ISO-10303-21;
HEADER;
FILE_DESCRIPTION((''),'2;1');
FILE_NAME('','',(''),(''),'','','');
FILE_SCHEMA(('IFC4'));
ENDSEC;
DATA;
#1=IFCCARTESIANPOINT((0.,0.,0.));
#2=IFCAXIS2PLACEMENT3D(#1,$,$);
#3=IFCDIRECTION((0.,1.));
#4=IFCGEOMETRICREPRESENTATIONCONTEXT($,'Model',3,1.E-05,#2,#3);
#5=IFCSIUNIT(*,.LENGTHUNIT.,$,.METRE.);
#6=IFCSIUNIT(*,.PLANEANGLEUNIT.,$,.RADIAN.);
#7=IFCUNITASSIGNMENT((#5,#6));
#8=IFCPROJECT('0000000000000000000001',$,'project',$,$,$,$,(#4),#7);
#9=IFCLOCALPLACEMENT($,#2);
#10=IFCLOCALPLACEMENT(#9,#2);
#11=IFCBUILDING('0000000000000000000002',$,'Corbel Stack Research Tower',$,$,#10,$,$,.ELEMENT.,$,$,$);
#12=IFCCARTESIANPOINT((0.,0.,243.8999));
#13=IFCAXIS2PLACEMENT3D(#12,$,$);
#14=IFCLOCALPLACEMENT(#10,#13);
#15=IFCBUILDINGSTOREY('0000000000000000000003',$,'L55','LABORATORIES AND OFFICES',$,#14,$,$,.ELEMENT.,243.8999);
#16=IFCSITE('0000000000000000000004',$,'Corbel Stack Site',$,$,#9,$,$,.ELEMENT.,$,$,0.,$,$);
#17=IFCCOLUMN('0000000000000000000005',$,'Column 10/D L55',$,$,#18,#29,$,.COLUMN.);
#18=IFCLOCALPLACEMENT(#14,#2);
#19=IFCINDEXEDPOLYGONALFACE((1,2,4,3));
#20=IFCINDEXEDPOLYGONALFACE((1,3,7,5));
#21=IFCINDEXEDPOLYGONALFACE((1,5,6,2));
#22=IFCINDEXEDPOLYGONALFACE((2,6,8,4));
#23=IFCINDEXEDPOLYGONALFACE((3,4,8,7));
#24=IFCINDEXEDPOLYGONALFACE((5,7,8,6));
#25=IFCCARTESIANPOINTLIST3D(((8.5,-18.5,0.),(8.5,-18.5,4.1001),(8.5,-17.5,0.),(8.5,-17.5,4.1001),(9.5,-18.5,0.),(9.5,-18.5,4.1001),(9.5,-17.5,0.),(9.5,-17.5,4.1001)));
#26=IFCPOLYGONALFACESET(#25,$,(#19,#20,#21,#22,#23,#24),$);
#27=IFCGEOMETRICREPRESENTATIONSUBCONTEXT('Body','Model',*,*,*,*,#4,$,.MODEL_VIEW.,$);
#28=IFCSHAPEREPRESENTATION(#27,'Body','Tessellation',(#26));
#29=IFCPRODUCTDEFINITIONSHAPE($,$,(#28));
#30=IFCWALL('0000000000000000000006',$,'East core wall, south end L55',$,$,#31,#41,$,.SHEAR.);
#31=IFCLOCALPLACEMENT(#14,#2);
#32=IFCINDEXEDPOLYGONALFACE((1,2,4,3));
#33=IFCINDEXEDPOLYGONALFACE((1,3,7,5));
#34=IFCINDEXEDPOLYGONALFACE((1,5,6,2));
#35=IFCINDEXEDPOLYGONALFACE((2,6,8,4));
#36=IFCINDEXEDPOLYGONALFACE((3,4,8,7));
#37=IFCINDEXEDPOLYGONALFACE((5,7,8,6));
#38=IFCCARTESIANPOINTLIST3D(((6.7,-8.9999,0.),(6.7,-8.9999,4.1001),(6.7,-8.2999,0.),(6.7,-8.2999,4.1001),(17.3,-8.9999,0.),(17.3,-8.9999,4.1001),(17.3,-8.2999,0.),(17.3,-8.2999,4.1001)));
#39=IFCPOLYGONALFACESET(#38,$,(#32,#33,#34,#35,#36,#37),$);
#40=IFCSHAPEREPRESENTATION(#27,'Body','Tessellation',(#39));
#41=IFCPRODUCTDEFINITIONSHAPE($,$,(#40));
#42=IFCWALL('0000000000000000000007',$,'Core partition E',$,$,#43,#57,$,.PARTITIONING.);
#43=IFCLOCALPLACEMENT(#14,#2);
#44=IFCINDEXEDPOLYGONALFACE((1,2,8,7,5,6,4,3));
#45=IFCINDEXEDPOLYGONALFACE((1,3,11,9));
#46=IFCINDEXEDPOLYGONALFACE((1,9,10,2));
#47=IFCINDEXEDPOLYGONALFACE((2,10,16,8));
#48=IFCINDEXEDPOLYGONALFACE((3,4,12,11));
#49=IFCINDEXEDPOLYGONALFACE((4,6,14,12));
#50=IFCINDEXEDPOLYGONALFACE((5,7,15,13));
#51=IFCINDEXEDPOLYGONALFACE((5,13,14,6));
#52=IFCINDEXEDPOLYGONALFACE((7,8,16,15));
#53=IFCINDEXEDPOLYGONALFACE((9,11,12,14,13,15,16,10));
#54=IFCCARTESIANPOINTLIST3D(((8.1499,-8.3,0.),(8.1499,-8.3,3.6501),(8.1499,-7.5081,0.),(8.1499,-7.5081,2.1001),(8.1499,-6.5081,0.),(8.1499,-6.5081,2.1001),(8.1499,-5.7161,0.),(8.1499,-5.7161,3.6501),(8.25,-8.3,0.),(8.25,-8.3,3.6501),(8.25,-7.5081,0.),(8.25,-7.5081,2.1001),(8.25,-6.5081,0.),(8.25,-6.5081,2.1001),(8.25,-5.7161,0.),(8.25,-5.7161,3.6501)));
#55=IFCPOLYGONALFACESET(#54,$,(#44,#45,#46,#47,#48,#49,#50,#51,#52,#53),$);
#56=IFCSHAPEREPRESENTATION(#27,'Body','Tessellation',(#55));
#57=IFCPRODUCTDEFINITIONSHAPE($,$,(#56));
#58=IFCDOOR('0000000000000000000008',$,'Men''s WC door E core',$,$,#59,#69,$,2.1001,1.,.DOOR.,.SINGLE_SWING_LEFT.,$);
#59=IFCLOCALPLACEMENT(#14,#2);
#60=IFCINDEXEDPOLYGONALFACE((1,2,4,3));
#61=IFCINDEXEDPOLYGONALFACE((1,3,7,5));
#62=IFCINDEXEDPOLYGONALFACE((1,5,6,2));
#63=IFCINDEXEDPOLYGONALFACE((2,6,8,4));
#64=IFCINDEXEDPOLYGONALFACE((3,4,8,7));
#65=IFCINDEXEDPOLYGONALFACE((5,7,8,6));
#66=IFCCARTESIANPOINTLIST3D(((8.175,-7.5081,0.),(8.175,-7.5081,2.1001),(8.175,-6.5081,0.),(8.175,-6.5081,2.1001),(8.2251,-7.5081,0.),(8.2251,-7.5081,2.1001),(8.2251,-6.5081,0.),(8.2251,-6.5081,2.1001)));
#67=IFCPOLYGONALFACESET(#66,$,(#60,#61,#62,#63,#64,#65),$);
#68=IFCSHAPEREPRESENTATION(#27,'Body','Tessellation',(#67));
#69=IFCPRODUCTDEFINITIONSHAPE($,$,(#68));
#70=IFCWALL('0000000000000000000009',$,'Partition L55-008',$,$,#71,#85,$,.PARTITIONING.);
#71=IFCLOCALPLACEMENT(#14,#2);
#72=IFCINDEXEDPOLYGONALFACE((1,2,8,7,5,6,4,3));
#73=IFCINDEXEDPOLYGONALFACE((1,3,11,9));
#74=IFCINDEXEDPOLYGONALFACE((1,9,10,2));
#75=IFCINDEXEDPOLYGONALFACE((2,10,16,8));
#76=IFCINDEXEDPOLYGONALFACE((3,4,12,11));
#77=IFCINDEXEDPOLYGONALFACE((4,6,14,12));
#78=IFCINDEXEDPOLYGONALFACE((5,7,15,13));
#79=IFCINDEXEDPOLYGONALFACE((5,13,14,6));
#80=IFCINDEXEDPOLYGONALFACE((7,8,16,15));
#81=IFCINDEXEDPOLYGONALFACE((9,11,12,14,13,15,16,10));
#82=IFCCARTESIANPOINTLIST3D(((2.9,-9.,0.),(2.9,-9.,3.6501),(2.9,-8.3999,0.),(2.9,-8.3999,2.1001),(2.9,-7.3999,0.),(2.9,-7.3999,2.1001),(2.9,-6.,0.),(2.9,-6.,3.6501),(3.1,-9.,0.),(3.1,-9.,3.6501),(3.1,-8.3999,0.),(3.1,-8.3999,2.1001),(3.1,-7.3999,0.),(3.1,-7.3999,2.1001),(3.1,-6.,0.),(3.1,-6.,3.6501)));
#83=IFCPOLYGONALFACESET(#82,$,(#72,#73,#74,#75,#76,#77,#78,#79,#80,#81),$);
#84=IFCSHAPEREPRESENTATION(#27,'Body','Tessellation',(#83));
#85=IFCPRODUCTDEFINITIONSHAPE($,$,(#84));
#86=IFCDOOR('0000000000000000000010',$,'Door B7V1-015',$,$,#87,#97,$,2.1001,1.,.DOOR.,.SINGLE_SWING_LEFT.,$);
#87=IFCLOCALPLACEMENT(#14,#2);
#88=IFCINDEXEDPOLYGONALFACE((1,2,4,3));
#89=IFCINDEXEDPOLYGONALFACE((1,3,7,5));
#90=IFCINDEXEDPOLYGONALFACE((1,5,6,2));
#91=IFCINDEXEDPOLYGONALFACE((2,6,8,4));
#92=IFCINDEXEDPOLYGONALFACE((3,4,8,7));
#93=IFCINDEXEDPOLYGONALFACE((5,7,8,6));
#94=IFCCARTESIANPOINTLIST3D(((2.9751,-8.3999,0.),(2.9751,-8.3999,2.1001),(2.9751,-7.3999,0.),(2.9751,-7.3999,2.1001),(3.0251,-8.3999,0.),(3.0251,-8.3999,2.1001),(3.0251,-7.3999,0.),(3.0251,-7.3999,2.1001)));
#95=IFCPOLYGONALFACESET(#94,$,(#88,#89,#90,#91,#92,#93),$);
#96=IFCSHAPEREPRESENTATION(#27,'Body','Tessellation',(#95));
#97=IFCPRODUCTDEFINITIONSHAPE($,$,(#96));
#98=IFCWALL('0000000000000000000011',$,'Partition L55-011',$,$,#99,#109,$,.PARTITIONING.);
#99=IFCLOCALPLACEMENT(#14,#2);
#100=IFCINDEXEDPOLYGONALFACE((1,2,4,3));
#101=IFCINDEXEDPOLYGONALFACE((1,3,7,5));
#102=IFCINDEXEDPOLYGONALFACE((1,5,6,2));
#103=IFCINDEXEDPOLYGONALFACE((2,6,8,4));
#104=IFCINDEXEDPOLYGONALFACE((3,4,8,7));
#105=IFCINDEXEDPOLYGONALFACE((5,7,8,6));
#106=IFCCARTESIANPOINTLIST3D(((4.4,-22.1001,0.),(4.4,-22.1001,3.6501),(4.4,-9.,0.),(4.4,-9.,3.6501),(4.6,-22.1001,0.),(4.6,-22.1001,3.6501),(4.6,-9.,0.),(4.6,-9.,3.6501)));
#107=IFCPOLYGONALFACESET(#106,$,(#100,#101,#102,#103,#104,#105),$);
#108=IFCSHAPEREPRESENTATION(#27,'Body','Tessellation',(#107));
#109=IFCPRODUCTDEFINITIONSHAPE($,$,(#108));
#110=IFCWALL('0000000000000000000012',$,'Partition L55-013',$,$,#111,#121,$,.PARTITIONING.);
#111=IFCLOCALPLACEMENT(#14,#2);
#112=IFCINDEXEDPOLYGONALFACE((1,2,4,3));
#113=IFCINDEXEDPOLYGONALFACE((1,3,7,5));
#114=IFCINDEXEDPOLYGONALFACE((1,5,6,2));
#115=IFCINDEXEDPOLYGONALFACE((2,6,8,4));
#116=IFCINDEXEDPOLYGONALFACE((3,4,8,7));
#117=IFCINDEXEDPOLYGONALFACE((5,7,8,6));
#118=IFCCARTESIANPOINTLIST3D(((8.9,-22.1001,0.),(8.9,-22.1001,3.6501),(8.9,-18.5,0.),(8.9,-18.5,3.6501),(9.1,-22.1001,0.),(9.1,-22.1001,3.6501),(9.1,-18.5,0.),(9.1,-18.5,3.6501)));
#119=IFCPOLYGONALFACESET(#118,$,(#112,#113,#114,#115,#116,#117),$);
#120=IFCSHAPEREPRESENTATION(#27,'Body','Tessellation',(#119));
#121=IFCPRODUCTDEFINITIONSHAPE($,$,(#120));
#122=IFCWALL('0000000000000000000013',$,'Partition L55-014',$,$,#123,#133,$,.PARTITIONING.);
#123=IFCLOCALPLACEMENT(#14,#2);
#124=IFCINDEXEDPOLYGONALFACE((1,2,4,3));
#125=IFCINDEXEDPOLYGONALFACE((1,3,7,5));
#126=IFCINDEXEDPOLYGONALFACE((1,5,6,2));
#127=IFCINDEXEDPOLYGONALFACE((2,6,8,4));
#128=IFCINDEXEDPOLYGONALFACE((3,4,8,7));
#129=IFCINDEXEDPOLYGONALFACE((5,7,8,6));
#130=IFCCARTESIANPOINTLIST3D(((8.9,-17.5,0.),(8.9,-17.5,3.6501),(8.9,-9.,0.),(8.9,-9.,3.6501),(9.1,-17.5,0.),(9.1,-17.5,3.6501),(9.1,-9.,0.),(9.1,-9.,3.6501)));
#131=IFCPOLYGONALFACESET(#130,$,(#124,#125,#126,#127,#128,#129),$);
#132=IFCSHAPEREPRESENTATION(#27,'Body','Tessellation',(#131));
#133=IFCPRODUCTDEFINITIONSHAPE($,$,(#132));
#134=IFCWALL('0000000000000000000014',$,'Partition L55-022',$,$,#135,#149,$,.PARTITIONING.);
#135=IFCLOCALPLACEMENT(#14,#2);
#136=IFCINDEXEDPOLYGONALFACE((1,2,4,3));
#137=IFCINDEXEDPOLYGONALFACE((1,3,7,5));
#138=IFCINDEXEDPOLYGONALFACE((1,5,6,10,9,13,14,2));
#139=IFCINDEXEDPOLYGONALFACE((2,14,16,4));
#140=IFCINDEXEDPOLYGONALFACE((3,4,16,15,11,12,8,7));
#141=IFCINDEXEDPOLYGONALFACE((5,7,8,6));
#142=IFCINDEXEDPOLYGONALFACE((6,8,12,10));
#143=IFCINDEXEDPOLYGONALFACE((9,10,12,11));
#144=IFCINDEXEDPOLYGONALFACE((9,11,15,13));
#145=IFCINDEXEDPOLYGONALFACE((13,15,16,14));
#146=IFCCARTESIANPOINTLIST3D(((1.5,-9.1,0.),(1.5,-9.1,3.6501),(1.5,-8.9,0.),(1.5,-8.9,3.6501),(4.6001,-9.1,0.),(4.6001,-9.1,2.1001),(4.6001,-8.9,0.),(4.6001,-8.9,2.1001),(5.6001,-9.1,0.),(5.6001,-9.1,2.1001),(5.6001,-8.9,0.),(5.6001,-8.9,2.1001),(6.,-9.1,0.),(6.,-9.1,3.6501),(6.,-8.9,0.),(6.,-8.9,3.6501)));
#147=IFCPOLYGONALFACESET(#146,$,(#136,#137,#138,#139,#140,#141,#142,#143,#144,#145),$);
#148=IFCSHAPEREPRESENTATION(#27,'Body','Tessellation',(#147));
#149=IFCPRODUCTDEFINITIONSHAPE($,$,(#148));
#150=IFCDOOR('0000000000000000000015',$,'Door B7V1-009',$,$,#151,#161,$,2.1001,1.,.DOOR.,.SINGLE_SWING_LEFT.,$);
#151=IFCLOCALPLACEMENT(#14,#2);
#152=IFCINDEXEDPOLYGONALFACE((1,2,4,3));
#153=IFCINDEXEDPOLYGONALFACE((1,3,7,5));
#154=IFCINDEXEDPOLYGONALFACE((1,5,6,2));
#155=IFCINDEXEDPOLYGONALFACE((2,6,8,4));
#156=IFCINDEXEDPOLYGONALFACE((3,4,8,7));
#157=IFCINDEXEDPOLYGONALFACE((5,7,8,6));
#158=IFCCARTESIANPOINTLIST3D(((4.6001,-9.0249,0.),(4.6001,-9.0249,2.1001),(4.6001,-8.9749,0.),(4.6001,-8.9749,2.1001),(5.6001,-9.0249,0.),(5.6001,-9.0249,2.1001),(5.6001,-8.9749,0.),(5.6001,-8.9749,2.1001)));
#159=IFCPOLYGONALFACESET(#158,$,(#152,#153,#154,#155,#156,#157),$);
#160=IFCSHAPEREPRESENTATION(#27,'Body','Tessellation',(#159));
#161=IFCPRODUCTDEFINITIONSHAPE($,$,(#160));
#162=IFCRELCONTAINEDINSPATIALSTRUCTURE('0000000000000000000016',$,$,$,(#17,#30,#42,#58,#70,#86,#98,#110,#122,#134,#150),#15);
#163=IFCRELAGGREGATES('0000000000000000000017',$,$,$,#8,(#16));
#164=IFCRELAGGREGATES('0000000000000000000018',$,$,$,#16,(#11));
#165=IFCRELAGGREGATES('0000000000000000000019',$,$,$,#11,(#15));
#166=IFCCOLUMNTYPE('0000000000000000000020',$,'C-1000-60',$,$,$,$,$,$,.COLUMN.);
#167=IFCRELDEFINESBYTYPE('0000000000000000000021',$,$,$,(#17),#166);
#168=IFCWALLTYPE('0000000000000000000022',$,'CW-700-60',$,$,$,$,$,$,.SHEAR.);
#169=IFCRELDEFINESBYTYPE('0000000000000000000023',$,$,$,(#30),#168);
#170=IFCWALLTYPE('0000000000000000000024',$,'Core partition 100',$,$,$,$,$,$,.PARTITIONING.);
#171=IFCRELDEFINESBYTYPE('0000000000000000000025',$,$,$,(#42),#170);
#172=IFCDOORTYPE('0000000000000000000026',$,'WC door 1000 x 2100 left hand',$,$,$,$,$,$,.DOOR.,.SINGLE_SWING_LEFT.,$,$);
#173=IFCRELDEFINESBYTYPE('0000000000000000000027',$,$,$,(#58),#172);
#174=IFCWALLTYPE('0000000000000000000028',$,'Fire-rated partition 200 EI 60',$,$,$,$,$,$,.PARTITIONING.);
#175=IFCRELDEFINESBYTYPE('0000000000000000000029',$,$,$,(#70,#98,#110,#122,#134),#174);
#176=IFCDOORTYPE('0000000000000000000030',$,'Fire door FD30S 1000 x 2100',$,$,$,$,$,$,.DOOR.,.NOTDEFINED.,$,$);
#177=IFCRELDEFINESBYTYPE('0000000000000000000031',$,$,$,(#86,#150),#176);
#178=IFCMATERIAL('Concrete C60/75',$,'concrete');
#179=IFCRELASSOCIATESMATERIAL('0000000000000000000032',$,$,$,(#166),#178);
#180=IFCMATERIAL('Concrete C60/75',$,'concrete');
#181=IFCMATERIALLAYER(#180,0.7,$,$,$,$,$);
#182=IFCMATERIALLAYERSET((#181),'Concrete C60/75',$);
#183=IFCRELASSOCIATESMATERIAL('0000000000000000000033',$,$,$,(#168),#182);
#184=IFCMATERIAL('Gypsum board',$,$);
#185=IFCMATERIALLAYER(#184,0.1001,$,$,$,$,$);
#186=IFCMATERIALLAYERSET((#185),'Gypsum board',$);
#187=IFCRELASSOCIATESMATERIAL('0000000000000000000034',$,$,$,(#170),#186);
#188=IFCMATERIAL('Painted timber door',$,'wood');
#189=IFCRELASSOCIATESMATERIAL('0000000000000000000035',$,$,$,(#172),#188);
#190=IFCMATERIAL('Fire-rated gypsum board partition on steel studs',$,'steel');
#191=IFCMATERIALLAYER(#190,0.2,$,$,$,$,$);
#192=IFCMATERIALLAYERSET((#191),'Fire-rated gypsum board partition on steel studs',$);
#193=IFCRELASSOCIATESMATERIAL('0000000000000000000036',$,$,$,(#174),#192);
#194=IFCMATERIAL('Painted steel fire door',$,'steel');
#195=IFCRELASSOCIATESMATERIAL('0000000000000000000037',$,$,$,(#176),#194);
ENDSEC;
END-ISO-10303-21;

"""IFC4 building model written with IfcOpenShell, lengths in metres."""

from ifc_helpers import new_model, si_unit, direction, frame, frame_2d, origin, origin_2d, place, context, subcontext, project, spatial, rectangle, extrude, material, layer, layer_set, material_profile, profile_set, type_object, element, fill, save


model = new_model("IFC4")

# Units and contexts
model_context = context("Model", 3, precision=1e-05, world=origin(), true_north=direction((0.0, 1.0)))
body_context = subcontext(model_context, "Body", "Model", "MODEL_VIEW")
ifc_project = project(units=[si_unit("LENGTHUNIT", "METRE"), si_unit("PLANEANGLEUNIT", "RADIAN")], contexts=[model_context])

# Site, building, storey
site_placement = place(None, origin())
site = spatial("IfcSite", under=ifc_project, at=site_placement, Name="Corbel Stack Site", CompositionType="ELEMENT", RefElevation=0.0)
building_placement = place(site_placement, origin())
building = spatial("IfcBuilding", under=site, at=building_placement, Name="Corbel Stack Research Tower", CompositionType="ELEMENT")
storey_placement = place(building_placement, frame((0.0, 0.0, 243.8999)))
storey = spatial("IfcBuildingStorey", under=building, at=storey_placement, Name="L55", Description="LABORATORIES AND OFFICES", CompositionType="ELEMENT", Elevation=243.8999)

# Column
ifc_material_1 = material(Name="Concrete C60/75", Category="concrete")
ifc_material_profile = material_profile(ifc_material_1, rectangle(XDim=1.0, YDim=1.0, at=origin_2d()), Name="RC 1000 x 1000")
ifc_profile_set = profile_set([ifc_material_profile], Name="Concrete C60/75")
column_type = type_object("IfcColumnType", Name="C-1000-60", PredefinedType="COLUMN", material=ifc_profile_set)
column_placement = place(storey_placement, frame((9.0, -18.0, 0.0), z_axis=(0.0, 0.0, 1.0), x_axis=(1.0, 0.0, 0.0)))
element("IfcColumn", 1, at=column_placement, inside=storey, type_object=column_type, Name="Column 10/D L55", PredefinedType="COLUMN", context=body_context, shape_type="SweptSolid", body=[
    extrude(rectangle(XDim=1.0, YDim=1.0, at=origin_2d()), origin(), (0.0, 0.0, 1.0), 4.1001),
])

# Shared definitions
ifc_material_2 = material(Name="Concrete C60/75", Category="concrete")
ifc_layer_1 = layer(ifc_material_2, 0.7)
ifc_layer_set_1 = layer_set([ifc_layer_1], Name="Concrete C60/75")
wall_type_1 = type_object("IfcWallType", Name="CW-700-60", PredefinedType="SHEAR", material=ifc_layer_set_1)

# Wall
wall_1_placement = place(storey_placement, frame((6.7, -8.6499, 0.0), z_axis=(0.0, 0.0, 1.0), x_axis=(1.0, 0.0, 0.0)))
element("IfcWall", 2, at=wall_1_placement, inside=storey, type_object=wall_type_1, Name="East core wall, south end L55", PredefinedType="SHEAR", context=body_context, shape_type="SweptSolid", body=[
    extrude(rectangle(XDim=10.6001, YDim=0.7, at=frame_2d((5.3, 0.0))), origin(), (0.0, 0.0, 1.0), 4.1001),
])

# Walls, openings, doors
ifc_material_3 = material(Name="Gypsum board")
ifc_layer_2 = layer(ifc_material_3, 0.1001)
ifc_layer_set_2 = layer_set([ifc_layer_2], Name="Gypsum board")
wall_type_2 = type_object("IfcWallType", Name="Core partition 100", PredefinedType="PARTITIONING", material=ifc_layer_set_2)
wall_2_placement = place(storey_placement, frame((8.2, -8.3, 0.0), z_axis=(0.0, 0.0, 1.0), x_axis=(0.0, 1.0, 0.0)))
wall_2 = element("IfcWall", 3, at=wall_2_placement, inside=storey, type_object=wall_type_2, Name="Core partition E", PredefinedType="PARTITIONING", context=body_context, shape_type="SweptSolid", body=[
    extrude(rectangle(XDim=2.584, YDim=0.1001, at=frame_2d((1.292, 0.0))), origin(), (0.0, 0.0, 1.0), 3.6501),
])
opening_1_placement = place(wall_2_placement, frame((0.792, 0.0, 0.0)))
opening_1 = element("IfcOpeningElement", 4, at=opening_1_placement, cuts=wall_2, PredefinedType="OPENING", context=body_context, shape_type="SweptSolid", body=[
    extrude(rectangle(XDim=1.0, YDim=2.1001, at=frame_2d((0.5, 1.05))), frame((0.0, 0.0601, 0.0), z_axis=(0.0, -1.0, 0.0), x_axis=(1.0, 0.0, 0.0)), (0.0, 0.0, 1.0), 0.1201),
])
ifc_material_4 = material(Name="Painted timber door", Category="wood")
door_type_1 = type_object("IfcDoorType", Name="WC door 1000 x 2100 left hand", OperationType="SINGLE_SWING_LEFT", PredefinedType="DOOR", material=ifc_material_4)
door_1_placement = place(opening_1_placement, origin())
door_1 = element("IfcDoor", 5, at=door_1_placement, inside=storey, type_object=door_type_1, Name="Men's WC door E core", OperationType="SINGLE_SWING_LEFT", OverallHeight=2.1001, OverallWidth=1.0, PredefinedType="DOOR", context=body_context, shape_type="SweptSolid", body=[
    extrude(rectangle(XDim=1.0, YDim=2.1001, at=frame_2d((0.5, 1.05))), frame((0.0, 0.0249, 0.0), z_axis=(0.0, -1.0, 0.0), x_axis=(1.0, 0.0, 0.0)), (0.0, 0.0, 1.0), 0.05),
])
fill(opening_1, door_1)
ifc_material_5 = material(Name="Fire-rated gypsum board partition on steel studs", Category="steel")
ifc_layer_3 = layer(ifc_material_5, 0.2)
ifc_layer_set_3 = layer_set([ifc_layer_3], Name="Fire-rated gypsum board partition on steel studs")
wall_type_3 = type_object("IfcWallType", Name="Fire-rated partition 200 EI 60", PredefinedType="PARTITIONING", material=ifc_layer_set_3)
wall_3_placement = place(storey_placement, frame((3.0, -9.0, 0.0), z_axis=(0.0, 0.0, 1.0), x_axis=(0.0, 1.0, 0.0)))
wall_3 = element("IfcWall", 6, at=wall_3_placement, inside=storey, type_object=wall_type_3, Name="Partition L55-008", PredefinedType="PARTITIONING", context=body_context, shape_type="SweptSolid", body=[
    extrude(rectangle(XDim=3.0, YDim=0.2, at=frame_2d((1.5, 0.0))), origin(), (0.0, 0.0, 1.0), 3.6501),
])
opening_2_placement = place(wall_3_placement, frame((0.6001, 0.0, 0.0)))
opening_2 = element("IfcOpeningElement", 7, at=opening_2_placement, cuts=wall_3, PredefinedType="OPENING", context=body_context, shape_type="SweptSolid", body=[
    extrude(rectangle(XDim=1.0, YDim=2.1001, at=frame_2d((0.5, 1.05))), frame((0.0, 0.1099, 0.0), z_axis=(0.0, -1.0, 0.0), x_axis=(1.0, 0.0, 0.0)), (0.0, 0.0, 1.0), 0.22),
])
ifc_material_6 = material(Name="Painted steel fire door", Category="steel")
door_type_2 = type_object("IfcDoorType", Name="Fire door FD30S 1000 x 2100", OperationType="NOTDEFINED", PredefinedType="DOOR", material=ifc_material_6)
door_2_placement = place(opening_2_placement, origin())
door_2 = element("IfcDoor", 8, at=door_2_placement, inside=storey, type_object=door_type_2, Name="Door B7V1-015", OperationType="SINGLE_SWING_LEFT", OverallHeight=2.1001, OverallWidth=1.0, PredefinedType="DOOR", context=body_context, shape_type="SweptSolid", body=[
    extrude(rectangle(XDim=1.0, YDim=2.1001, at=frame_2d((0.5, 1.05))), frame((0.0, 0.0249, 0.0), z_axis=(0.0, -1.0, 0.0), x_axis=(1.0, 0.0, 0.0)), (0.0, 0.0, 1.0), 0.05),
])
fill(opening_2, door_2)

# Walls
wall_4_placement = place(storey_placement, frame((4.5, -22.1001, 0.0), z_axis=(0.0, 0.0, 1.0), x_axis=(0.0, 1.0, 0.0)))
element("IfcWall", 9, at=wall_4_placement, inside=storey, type_object=wall_type_3, Name="Partition L55-011", PredefinedType="PARTITIONING", context=body_context, shape_type="SweptSolid", body=[
    extrude(rectangle(XDim=13.1001, YDim=0.2, at=frame_2d((6.55, 0.0))), origin(), (0.0, 0.0, 1.0), 3.6501),
])
wall_5_placement = place(storey_placement, frame((9.0, -22.1001, 0.0), z_axis=(0.0, 0.0, 1.0), x_axis=(0.0, 1.0, 0.0)))
element("IfcWall", 10, at=wall_5_placement, inside=storey, type_object=wall_type_3, Name="Partition L55-013", PredefinedType="PARTITIONING", context=body_context, shape_type="SweptSolid", body=[
    extrude(rectangle(XDim=3.6001, YDim=0.2, at=frame_2d((1.8, 0.0))), origin(), (0.0, 0.0, 1.0), 3.6501),
])
wall_6_placement = place(storey_placement, frame((9.0, -17.5, 0.0), z_axis=(0.0, 0.0, 1.0), x_axis=(0.0, 1.0, 0.0)))
element("IfcWall", 11, at=wall_6_placement, inside=storey, type_object=wall_type_3, Name="Partition L55-014", PredefinedType="PARTITIONING", context=body_context, shape_type="SweptSolid", body=[
    extrude(rectangle(XDim=8.5, YDim=0.2, at=frame_2d((4.25, 0.0))), origin(), (0.0, 0.0, 1.0), 3.6501),
])

# Wall, opening, door
wall_7_placement = place(storey_placement, frame((6.0, -9.0, 0.0), z_axis=(0.0, 0.0, 1.0), x_axis=(-1.0, 0.0, 0.0)))
wall_7 = element("IfcWall", 12, at=wall_7_placement, inside=storey, type_object=wall_type_3, Name="Partition L55-022", PredefinedType="PARTITIONING", context=body_context, shape_type="SweptSolid", body=[
    extrude(rectangle(XDim=4.5, YDim=0.2, at=frame_2d((2.25, 0.0))), origin(), (0.0, 0.0, 1.0), 3.6501),
])
opening_3_placement = place(wall_7_placement, frame((0.3999, 0.0, 0.0)))
opening_3 = element("IfcOpeningElement", 13, at=opening_3_placement, cuts=wall_7, PredefinedType="OPENING", context=body_context, shape_type="SweptSolid", body=[
    extrude(rectangle(XDim=1.0, YDim=2.1001, at=frame_2d((0.5, 1.05))), frame((0.0, 0.1099, 0.0), z_axis=(0.0, -1.0, 0.0), x_axis=(1.0, 0.0, 0.0)), (0.0, 0.0, 1.0), 0.22),
])
door_3_placement = place(opening_3_placement, origin())
door_3 = element("IfcDoor", 14, at=door_3_placement, inside=storey, type_object=door_type_2, Name="Door B7V1-009", OperationType="SINGLE_SWING_LEFT", OverallHeight=2.1001, OverallWidth=1.0, PredefinedType="DOOR", context=body_context, shape_type="SweptSolid", body=[
    extrude(rectangle(XDim=1.0, YDim=2.1001, at=frame_2d((0.5, 1.05))), frame((0.0, 0.0249, 0.0), z_axis=(0.0, -1.0, 0.0), x_axis=(1.0, 0.0, 0.0)), (0.0, 0.0, 1.0), 0.05),
])
fill(opening_3, door_3)

save(model, "model.ifc")
